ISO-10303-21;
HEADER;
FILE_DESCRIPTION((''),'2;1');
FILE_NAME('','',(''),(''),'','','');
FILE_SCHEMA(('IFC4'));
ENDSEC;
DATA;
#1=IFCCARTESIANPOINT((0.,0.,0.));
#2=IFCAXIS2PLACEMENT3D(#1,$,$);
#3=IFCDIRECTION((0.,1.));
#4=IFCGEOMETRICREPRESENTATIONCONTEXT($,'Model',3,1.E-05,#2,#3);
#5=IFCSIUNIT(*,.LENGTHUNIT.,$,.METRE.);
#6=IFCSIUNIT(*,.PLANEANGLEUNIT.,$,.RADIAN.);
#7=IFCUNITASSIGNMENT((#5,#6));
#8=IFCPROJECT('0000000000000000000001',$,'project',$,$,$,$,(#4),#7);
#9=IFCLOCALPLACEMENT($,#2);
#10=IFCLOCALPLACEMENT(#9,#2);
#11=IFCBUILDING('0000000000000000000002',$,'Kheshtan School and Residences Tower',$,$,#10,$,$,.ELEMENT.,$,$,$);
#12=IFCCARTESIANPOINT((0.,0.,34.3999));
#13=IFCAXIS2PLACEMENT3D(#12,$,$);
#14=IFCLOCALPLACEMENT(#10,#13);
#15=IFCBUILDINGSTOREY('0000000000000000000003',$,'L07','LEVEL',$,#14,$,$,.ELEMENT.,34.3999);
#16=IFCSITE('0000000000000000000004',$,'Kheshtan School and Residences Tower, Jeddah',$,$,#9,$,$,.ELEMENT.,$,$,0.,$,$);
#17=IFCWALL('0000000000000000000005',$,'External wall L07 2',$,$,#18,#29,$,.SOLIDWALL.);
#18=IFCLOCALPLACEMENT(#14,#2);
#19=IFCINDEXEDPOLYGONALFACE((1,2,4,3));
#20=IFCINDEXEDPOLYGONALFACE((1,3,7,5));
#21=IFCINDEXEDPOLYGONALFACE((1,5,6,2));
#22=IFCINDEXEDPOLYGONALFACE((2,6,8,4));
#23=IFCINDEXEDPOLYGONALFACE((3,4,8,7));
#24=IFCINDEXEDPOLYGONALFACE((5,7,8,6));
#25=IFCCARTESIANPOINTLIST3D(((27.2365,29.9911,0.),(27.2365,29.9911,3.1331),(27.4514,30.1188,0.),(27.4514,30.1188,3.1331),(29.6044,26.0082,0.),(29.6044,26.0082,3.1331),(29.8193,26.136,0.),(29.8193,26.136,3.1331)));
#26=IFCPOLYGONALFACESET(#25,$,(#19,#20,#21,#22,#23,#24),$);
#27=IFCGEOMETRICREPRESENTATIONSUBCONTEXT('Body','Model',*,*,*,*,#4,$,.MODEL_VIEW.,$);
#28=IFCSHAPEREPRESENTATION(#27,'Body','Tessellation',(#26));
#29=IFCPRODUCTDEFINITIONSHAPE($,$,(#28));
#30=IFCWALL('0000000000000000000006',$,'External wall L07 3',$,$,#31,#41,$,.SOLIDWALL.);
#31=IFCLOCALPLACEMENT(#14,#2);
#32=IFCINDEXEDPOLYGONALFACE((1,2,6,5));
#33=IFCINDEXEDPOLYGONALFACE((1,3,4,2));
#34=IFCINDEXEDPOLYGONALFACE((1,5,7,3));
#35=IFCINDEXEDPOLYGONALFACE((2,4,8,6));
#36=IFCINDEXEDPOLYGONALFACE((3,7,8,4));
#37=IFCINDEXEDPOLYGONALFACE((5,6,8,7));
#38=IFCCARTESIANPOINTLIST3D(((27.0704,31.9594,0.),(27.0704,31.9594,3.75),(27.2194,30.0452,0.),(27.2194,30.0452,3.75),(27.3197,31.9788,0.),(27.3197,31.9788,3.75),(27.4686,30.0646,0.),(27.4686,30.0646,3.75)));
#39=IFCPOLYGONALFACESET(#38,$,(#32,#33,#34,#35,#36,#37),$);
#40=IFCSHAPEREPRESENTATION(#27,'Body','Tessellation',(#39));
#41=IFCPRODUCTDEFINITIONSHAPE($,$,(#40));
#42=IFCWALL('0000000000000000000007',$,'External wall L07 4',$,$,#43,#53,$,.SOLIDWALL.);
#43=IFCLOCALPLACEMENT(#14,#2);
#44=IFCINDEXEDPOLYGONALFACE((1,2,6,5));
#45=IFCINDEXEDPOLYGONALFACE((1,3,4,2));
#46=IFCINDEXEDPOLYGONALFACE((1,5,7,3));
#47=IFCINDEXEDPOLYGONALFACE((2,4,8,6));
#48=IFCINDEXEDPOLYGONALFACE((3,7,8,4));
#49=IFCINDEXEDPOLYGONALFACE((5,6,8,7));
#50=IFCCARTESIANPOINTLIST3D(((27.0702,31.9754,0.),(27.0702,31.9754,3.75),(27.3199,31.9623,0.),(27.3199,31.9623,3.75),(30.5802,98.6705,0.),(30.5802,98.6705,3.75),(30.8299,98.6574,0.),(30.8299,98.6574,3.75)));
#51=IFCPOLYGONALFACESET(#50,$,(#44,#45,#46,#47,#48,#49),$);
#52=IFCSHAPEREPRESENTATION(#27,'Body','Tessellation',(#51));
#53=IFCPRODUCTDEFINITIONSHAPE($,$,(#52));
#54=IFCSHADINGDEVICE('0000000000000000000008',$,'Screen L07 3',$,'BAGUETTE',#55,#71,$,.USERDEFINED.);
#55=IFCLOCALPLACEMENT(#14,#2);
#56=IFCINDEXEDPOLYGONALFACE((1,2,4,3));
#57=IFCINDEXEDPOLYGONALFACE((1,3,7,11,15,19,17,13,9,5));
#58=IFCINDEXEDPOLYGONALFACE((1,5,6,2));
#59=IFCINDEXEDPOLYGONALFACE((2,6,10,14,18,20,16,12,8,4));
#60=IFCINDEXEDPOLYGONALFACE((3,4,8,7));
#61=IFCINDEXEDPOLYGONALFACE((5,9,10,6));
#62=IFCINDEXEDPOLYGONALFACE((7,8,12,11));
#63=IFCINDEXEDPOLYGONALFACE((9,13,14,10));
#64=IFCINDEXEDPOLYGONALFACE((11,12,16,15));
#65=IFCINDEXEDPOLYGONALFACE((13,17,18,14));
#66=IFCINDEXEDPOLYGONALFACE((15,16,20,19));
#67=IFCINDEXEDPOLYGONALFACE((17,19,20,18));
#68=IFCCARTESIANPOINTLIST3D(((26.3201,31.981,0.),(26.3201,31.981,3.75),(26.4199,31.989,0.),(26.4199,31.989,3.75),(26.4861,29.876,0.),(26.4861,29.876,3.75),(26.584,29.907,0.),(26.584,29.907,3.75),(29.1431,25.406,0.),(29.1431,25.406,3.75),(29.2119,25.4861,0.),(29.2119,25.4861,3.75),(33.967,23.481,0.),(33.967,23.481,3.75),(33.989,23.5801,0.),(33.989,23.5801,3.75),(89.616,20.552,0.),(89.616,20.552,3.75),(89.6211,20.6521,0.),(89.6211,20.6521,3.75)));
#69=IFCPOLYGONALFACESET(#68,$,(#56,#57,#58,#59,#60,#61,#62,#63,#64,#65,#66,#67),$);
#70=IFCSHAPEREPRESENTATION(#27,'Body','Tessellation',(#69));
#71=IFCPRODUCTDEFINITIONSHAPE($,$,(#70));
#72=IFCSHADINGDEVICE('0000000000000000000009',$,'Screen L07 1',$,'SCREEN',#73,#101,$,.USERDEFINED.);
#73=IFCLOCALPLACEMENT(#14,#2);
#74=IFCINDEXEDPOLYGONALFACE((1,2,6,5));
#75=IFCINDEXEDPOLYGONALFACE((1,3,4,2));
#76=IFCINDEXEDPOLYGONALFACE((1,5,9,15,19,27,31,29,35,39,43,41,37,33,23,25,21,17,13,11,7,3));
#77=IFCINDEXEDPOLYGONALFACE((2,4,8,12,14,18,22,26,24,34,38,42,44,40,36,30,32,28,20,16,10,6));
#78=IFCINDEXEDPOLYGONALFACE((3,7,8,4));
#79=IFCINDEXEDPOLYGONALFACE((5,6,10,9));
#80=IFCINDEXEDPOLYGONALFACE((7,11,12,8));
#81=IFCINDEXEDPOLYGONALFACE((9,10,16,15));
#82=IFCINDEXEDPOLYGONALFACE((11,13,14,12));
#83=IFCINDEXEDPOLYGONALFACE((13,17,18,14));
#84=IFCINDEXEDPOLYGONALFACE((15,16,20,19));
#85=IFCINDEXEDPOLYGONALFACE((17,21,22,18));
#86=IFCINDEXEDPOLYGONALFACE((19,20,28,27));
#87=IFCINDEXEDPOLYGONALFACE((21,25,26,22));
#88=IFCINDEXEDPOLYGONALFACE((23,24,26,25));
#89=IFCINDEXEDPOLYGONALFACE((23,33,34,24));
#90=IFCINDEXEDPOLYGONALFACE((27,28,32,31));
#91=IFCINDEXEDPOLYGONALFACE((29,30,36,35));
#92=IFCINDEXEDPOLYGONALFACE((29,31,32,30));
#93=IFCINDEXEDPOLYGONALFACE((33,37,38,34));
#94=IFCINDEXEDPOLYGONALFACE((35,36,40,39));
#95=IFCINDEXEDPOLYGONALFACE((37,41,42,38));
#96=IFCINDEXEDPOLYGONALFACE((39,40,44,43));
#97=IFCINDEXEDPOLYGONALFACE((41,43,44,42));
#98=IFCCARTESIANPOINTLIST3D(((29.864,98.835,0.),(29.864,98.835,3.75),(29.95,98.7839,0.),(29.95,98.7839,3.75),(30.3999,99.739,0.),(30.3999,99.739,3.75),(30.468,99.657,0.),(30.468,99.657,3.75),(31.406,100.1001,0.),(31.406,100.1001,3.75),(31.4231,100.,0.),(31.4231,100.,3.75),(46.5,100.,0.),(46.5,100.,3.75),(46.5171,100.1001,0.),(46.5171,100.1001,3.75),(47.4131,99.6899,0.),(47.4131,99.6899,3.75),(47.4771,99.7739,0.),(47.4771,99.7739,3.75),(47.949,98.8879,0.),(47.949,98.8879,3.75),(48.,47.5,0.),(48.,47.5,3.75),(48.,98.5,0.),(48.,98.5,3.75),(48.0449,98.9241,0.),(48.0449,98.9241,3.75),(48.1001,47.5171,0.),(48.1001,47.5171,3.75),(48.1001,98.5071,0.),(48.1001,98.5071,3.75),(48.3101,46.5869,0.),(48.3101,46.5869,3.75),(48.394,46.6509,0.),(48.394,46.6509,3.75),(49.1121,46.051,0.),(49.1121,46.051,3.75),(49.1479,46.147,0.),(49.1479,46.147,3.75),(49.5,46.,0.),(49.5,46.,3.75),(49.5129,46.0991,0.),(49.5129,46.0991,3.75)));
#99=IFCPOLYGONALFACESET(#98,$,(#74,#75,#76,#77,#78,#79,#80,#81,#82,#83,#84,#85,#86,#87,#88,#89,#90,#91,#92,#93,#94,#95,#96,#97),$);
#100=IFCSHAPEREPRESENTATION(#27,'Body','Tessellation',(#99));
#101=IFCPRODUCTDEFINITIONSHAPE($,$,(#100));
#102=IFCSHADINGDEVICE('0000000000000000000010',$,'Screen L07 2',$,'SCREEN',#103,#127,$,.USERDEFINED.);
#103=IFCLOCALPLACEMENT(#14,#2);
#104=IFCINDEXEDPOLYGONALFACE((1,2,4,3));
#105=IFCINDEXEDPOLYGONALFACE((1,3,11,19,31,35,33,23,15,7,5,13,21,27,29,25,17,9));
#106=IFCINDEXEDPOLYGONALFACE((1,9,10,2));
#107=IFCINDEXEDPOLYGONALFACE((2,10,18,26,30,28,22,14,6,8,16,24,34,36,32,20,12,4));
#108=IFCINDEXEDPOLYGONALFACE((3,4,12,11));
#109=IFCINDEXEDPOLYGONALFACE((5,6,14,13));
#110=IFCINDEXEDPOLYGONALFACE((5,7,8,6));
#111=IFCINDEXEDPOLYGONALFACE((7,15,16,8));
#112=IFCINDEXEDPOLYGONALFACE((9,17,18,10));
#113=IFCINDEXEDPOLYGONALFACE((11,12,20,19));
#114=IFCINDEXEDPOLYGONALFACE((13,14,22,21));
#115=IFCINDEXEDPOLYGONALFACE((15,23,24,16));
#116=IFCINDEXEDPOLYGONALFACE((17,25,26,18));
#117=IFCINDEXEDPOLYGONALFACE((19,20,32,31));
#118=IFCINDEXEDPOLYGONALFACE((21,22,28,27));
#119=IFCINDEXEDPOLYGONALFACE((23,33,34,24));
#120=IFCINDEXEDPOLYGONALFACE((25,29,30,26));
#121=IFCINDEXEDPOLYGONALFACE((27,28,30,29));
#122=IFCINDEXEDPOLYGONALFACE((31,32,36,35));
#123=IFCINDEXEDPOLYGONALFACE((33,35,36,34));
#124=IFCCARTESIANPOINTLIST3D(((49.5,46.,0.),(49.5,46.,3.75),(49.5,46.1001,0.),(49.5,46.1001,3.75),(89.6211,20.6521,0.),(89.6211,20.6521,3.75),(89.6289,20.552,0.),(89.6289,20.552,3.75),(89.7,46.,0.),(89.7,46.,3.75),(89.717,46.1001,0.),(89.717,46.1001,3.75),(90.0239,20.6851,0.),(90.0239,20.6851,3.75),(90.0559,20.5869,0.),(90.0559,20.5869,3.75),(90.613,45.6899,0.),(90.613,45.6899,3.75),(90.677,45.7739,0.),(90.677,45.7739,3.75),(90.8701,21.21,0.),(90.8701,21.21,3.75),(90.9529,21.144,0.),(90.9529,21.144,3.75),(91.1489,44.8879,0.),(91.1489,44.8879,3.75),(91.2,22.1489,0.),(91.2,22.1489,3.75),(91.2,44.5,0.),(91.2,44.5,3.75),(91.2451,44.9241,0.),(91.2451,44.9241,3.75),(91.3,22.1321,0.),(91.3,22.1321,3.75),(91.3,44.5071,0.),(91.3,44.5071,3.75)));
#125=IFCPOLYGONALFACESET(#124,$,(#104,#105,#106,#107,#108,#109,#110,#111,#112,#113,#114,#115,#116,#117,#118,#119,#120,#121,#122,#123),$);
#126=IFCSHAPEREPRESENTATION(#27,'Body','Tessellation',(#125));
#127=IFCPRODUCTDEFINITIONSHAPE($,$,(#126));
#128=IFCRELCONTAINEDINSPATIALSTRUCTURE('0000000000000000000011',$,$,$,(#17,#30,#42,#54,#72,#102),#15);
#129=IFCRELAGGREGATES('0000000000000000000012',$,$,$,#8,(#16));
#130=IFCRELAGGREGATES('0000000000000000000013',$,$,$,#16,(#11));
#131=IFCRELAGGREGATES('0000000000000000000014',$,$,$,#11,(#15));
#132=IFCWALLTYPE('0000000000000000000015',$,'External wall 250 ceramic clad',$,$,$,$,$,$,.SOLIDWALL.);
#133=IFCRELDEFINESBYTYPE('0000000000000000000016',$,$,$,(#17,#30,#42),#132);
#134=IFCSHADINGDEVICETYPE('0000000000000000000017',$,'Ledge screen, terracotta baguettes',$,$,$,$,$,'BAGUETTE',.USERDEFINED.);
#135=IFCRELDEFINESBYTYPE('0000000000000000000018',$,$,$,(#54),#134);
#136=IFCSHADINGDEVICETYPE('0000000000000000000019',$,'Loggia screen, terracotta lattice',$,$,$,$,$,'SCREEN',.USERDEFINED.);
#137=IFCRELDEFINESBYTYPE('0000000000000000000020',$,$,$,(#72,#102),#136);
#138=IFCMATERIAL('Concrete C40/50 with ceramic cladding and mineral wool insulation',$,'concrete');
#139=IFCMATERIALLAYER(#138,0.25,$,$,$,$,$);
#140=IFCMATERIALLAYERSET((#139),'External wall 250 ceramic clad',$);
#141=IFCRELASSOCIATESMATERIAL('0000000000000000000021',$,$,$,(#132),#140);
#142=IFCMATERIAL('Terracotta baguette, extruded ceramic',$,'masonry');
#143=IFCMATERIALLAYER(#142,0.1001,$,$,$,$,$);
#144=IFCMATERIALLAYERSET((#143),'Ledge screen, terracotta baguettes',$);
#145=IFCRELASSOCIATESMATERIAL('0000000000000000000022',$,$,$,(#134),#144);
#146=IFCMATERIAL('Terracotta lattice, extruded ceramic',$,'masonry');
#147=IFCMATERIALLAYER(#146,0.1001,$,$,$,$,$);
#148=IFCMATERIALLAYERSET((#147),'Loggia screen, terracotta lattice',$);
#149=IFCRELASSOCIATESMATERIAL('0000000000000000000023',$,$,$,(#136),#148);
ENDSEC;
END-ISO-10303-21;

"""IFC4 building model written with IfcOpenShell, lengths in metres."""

from ifc_helpers import new_model, si_unit, direction, frame, frame_2d, origin, place, context, subcontext, project, spatial, polyline, rectangle, outline, extrude, material, layer, layer_set, type_object, element, save


model = new_model("IFC4")

# Units and contexts
model_context = context("Model", 3, precision=1e-05, world=origin(), true_north=direction((0.0, 1.0)))
body_context = subcontext(model_context, "Body", "Model", "MODEL_VIEW")
ifc_project = project(units=[si_unit("LENGTHUNIT", "METRE"), si_unit("PLANEANGLEUNIT", "RADIAN")], contexts=[model_context])

# Site, building, storey
site_placement = place(None, origin())
site = spatial("IfcSite", under=ifc_project, at=site_placement, Name="Kheshtan School and Residences Tower, Jeddah", CompositionType="ELEMENT", RefElevation=0.0)
building_placement = place(site_placement, origin())
building = spatial("IfcBuilding", under=site, at=building_placement, Name="Kheshtan School and Residences Tower", CompositionType="ELEMENT")
storey_placement = place(building_placement, frame((0.0, 0.0, 34.3999)))
storey = spatial("IfcBuildingStorey", under=building, at=storey_placement, Name="L07", Description="LEVEL", CompositionType="ELEMENT", Elevation=34.3999)

# Walls
ifc_material_1 = material(Name="Concrete C40/50 with ceramic cladding and mineral wool insulation", Category="concrete")
ifc_layer_1 = layer(ifc_material_1, 0.25)
ifc_layer_set_1 = layer_set([ifc_layer_1], Name="External wall 250 ceramic clad")
wall_type_1 = type_object("IfcWallType", Name="External wall 250 ceramic clad", PredefinedType="SOLIDWALL", material=ifc_layer_set_1)
wall_1_placement = place(storey_placement, frame((29.7119, 26.072, 0.0), z_axis=(0.0, 0.0, 1.0), x_axis=(-0.511028, 0.859564, 0.0)))
element("IfcWall", 1, at=wall_1_placement, inside=storey, type_object=wall_type_1, Name="External wall L07 2", PredefinedType="SOLIDWALL", context=body_context, shape_type="SweptSolid", body=[
    extrude(rectangle(XDim=4.6335, YDim=0.25, at=frame_2d((2.3169, 0.0))), origin(), (0.0, 0.0, 1.0), 3.1331),
])
wall_2_placement = place(storey_placement, frame((27.344, 30.0549, 0.0), z_axis=(0.0, 0.0, 1.0), x_axis=(-0.077572, 0.996987, 0.0)))
element("IfcWall", 2, at=wall_2_placement, inside=storey, type_object=wall_type_1, Name="External wall L07 3", PredefinedType="SOLIDWALL", context=body_context, shape_type="SweptSolid", body=[
    extrude(rectangle(XDim=1.9199, YDim=0.25, at=frame_2d((0.96, 0.0))), origin(), (0.0, 0.0, 1.0), 3.75),
])
wall_3_placement = place(storey_placement, frame((27.1951, 31.969, 0.0), z_axis=(0.0, 0.0, 1.0), x_axis=(0.052555, 0.998618, 0.0)))
element("IfcWall", 3, at=wall_3_placement, inside=storey, type_object=wall_type_1, Name="External wall L07 4", PredefinedType="SOLIDWALL", context=body_context, shape_type="SweptSolid", body=[
    extrude(rectangle(XDim=66.7874, YDim=0.25, at=frame_2d((33.3936, 0.0))), origin(), (0.0, 0.0, 1.0), 3.75),
])

# Shading devices
ifc_material_2 = material(Name="Terracotta baguette, extruded ceramic", Category="masonry")
ifc_layer_2 = layer(ifc_material_2, 0.1001)
ifc_layer_set_2 = layer_set([ifc_layer_2], Name="Ledge screen, terracotta baguettes")
shading_device_type_1 = type_object("IfcShadingDeviceType", Name="Ledge screen, terracotta baguettes", ElementType="BAGUETTE", PredefinedType="USERDEFINED", material=ifc_layer_set_2)
shading_device_1_placement = place(storey_placement, origin())
element("IfcShadingDevice", 4, at=shading_device_1_placement, inside=storey, type_object=shading_device_type_1, Name="Screen L07 3", ObjectType="BAGUETTE", PredefinedType="USERDEFINED", context=body_context, shape_type="SweptSolid", body=[
    extrude(outline(polyline([(89.6211, 20.6521), (33.989, 23.5801), (29.2119, 25.4861), (26.584, 29.907), (26.4199, 31.989), (26.3201, 31.981), (26.4861, 29.876), (29.1431, 25.406), (33.967, 23.481), (89.616, 20.552), (89.6211, 20.6521)])), origin(), (0.0, 0.0, 1.0), 3.75),
])
ifc_material_3 = material(Name="Terracotta lattice, extruded ceramic", Category="masonry")
ifc_layer_3 = layer(ifc_material_3, 0.1001)
ifc_layer_set_3 = layer_set([ifc_layer_3], Name="Loggia screen, terracotta lattice")
shading_device_type_2 = type_object("IfcShadingDeviceType", Name="Loggia screen, terracotta lattice", ElementType="SCREEN", PredefinedType="USERDEFINED", material=ifc_layer_set_3)
shading_device_2_placement = place(storey_placement, origin())
element("IfcShadingDevice", 5, at=shading_device_2_placement, inside=storey, type_object=shading_device_type_2, Name="Screen L07 1", ObjectType="SCREEN", PredefinedType="USERDEFINED", context=body_context, shape_type="SweptSolid", body=[
    extrude(outline(polyline([(29.95, 98.7839), (30.468, 99.657), (31.4231, 100.0), (46.5, 100.0), (47.4131, 99.6899), (47.949, 98.8879), (48.0, 98.5), (48.0, 47.5), (48.3101, 46.5869), (49.1121, 46.051), (49.5, 46.0), (49.5129, 46.0991), (49.1479, 46.147), (48.394, 46.6509), (48.1001, 47.5171), (48.1001, 98.5071), (48.0449, 98.9241), (47.4771, 99.7739), (46.5171, 100.1001), (31.406, 100.1001), (30.3999, 99.739), (29.864, 98.835), (29.95, 98.7839)])), origin(), (0.0, 0.0, 1.0), 3.75),
])
shading_device_3_placement = place(storey_placement, origin())
element("IfcShadingDevice", 6, at=shading_device_3_placement, inside=storey, type_object=shading_device_type_2, Name="Screen L07 2", ObjectType="SCREEN", PredefinedType="USERDEFINED", context=body_context, shape_type="SweptSolid", body=[
    extrude(outline(polyline([(49.5, 46.0), (89.7, 46.0), (90.613, 45.6899), (91.1489, 44.8879), (91.2, 44.5), (91.2, 22.1489), (90.8701, 21.21), (90.0239, 20.6851), (89.6211, 20.6521), (89.6289, 20.552), (90.0559, 20.5869), (90.9529, 21.144), (91.3, 22.1321), (91.3, 44.5071), (91.2451, 44.9241), (90.677, 45.7739), (89.717, 46.1001), (49.5, 46.1001), (49.5, 46.0)])), origin(), (0.0, 0.0, 1.0), 3.75),
])

save(model, "model.ifc")
